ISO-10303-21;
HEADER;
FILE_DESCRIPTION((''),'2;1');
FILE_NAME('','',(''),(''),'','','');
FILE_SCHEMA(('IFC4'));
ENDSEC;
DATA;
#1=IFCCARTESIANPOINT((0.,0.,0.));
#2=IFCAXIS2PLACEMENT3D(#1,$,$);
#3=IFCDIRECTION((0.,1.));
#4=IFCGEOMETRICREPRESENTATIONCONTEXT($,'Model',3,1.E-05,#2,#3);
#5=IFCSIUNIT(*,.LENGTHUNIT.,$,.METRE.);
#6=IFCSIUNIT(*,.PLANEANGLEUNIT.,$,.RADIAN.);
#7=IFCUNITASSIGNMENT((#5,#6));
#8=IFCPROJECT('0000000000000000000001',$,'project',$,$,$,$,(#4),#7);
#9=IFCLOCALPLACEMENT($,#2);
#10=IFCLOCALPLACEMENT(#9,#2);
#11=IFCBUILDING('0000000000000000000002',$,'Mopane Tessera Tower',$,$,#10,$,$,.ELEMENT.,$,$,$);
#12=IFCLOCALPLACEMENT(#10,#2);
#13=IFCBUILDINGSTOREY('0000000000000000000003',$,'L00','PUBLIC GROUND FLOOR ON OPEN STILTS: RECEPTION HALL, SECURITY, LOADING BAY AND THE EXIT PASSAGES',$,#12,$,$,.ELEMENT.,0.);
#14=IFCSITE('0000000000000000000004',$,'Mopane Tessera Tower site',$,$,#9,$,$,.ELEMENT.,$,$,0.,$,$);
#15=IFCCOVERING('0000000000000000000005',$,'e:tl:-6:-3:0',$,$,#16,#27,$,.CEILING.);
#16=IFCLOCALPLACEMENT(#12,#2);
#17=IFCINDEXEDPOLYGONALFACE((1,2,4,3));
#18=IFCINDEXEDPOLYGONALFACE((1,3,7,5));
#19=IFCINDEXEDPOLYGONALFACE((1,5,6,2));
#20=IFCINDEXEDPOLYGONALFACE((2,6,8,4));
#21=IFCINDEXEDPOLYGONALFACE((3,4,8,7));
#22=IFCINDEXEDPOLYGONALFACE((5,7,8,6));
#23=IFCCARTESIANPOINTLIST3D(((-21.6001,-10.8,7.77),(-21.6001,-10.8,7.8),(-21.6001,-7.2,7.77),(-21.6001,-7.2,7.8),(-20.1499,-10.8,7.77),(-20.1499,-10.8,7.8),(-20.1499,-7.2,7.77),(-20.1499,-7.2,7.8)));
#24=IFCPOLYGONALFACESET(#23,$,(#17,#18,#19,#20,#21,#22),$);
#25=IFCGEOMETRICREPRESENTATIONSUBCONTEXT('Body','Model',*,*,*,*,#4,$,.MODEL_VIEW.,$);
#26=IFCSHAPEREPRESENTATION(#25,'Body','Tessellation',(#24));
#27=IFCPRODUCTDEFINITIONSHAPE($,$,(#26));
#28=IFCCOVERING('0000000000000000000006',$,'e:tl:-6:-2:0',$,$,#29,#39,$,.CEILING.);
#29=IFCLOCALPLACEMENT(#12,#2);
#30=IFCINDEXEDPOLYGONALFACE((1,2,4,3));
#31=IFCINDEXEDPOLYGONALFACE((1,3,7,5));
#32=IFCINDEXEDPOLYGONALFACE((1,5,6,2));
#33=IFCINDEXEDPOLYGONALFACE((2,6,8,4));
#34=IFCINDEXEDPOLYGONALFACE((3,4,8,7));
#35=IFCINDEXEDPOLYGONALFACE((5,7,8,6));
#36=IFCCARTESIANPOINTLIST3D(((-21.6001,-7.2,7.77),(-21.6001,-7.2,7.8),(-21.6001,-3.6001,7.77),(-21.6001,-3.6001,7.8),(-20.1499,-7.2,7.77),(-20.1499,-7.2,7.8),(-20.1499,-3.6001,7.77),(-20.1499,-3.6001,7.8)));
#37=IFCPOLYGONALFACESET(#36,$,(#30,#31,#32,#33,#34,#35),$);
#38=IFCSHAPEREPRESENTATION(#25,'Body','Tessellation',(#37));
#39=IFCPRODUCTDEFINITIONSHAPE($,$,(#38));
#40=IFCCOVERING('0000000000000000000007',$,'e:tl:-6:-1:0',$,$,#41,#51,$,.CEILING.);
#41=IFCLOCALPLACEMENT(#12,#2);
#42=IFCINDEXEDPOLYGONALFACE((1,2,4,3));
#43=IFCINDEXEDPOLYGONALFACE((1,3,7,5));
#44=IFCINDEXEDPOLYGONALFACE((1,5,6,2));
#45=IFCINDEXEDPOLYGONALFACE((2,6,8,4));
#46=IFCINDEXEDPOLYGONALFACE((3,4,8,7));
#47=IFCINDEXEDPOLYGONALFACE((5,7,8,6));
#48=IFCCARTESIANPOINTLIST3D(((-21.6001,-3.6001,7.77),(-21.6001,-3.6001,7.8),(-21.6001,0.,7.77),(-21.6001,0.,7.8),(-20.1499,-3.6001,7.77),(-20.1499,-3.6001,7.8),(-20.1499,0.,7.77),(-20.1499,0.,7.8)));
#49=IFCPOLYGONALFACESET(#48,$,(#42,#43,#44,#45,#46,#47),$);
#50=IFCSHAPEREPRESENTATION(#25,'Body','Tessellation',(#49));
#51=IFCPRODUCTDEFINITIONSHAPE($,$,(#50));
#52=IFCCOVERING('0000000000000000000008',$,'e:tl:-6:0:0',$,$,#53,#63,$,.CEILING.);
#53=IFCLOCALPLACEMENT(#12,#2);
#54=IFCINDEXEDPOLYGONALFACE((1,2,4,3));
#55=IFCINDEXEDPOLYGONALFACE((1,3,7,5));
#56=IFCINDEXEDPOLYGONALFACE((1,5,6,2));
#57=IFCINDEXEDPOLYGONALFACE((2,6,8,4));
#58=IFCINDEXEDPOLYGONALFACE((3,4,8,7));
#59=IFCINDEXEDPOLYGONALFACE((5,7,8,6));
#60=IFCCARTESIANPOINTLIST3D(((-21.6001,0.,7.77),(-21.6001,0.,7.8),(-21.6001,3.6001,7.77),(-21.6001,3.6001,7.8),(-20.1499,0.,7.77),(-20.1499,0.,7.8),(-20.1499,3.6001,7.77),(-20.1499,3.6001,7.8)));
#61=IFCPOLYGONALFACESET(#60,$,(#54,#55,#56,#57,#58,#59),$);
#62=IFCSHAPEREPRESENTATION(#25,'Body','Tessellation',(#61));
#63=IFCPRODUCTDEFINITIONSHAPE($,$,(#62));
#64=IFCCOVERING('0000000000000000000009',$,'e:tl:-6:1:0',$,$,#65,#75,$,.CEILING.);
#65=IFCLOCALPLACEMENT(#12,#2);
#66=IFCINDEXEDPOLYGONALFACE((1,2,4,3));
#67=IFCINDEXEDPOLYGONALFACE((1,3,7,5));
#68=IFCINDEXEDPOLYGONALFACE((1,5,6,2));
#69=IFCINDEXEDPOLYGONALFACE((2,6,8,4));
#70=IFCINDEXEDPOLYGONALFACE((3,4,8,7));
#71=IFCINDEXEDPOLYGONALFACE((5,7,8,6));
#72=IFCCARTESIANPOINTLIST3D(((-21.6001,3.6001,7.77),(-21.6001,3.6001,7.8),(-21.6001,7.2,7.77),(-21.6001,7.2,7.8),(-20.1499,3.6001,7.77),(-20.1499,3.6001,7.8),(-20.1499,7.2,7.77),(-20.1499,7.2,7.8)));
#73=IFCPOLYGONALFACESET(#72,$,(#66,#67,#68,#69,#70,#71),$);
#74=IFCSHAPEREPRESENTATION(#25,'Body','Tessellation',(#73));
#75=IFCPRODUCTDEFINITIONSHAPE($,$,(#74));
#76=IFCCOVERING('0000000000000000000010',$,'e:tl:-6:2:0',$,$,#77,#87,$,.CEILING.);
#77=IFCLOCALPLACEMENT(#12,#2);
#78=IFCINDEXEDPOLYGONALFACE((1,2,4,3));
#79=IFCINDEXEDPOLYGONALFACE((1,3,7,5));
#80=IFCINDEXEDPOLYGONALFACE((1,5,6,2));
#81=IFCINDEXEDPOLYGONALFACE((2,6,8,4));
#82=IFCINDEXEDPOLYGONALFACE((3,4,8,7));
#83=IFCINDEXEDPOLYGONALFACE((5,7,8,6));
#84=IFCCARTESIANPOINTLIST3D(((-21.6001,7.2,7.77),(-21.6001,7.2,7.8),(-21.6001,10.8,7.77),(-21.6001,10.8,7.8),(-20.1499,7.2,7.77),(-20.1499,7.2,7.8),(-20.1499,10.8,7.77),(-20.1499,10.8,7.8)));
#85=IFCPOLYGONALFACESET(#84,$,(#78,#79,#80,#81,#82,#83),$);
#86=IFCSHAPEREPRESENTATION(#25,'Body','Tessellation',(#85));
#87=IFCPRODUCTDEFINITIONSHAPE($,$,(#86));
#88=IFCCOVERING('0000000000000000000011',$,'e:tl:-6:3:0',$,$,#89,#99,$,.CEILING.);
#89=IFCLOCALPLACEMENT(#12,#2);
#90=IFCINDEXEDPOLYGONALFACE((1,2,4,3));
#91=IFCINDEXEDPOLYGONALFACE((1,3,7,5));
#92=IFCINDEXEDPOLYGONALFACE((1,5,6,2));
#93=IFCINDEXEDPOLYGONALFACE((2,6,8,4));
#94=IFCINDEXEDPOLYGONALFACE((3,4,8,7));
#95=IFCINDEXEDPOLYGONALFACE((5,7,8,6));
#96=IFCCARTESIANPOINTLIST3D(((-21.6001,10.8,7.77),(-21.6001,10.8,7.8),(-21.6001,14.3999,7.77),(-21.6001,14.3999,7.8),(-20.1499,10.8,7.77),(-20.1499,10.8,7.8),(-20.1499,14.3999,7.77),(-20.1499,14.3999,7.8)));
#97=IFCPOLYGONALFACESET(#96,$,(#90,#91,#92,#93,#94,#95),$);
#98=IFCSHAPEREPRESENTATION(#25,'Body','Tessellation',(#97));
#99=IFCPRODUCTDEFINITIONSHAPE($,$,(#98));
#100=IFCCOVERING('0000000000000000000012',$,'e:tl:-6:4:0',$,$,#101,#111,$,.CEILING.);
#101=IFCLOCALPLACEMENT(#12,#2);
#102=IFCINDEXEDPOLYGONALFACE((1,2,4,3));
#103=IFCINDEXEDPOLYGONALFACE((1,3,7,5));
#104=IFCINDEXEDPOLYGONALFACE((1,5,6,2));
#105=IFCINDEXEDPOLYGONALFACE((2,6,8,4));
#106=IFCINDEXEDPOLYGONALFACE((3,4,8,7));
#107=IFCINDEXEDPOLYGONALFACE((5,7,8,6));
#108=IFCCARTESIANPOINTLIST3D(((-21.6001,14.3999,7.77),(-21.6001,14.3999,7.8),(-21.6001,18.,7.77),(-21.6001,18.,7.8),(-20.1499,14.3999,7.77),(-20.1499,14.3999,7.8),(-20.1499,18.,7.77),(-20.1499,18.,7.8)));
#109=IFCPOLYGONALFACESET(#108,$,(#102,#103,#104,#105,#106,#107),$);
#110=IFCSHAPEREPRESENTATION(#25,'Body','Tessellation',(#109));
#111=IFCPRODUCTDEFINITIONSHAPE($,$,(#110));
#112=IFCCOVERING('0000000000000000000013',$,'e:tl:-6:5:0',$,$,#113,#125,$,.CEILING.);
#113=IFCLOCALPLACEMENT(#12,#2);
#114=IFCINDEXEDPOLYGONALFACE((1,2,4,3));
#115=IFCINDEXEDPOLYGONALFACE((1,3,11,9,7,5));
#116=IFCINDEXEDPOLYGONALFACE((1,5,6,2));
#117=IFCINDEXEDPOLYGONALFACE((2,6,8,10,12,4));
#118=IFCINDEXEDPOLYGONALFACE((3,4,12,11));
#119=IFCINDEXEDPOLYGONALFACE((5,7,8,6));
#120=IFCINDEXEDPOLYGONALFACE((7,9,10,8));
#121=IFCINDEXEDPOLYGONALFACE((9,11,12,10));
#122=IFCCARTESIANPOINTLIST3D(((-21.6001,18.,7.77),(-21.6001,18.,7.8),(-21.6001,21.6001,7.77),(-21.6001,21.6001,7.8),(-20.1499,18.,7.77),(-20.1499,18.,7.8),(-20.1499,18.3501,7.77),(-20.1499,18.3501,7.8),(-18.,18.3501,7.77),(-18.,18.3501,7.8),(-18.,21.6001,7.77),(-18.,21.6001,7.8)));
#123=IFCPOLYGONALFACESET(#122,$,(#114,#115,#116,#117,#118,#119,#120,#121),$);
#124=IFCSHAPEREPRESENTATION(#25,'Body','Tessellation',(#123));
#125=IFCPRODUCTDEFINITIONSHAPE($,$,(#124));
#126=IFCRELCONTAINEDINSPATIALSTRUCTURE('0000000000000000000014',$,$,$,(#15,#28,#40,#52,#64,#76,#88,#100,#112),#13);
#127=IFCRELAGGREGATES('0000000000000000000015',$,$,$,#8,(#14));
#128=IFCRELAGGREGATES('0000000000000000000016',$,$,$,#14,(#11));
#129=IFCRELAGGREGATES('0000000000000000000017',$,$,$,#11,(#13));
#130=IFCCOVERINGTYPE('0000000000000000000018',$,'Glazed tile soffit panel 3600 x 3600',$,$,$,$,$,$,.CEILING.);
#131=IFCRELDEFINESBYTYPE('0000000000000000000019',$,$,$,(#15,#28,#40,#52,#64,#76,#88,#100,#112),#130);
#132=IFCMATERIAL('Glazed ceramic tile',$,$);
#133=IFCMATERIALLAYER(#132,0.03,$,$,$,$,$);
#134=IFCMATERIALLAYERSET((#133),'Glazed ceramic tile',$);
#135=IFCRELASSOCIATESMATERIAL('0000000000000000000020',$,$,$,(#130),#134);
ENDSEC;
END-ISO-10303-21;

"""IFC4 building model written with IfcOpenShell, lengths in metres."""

from ifc_helpers import new_model, si_unit, direction, frame, origin, place, context, subcontext, project, spatial, polyline, outline, extrude, material, layer, layer_set, type_object, element, save


model = new_model("IFC4")

# Units and contexts
model_context = context("Model", 3, precision=1e-05, world=origin(), true_north=direction((0.0, 1.0)))
body_context = subcontext(model_context, "Body", "Model", "MODEL_VIEW")
ifc_project = project(units=[si_unit("LENGTHUNIT", "METRE"), si_unit("PLANEANGLEUNIT", "RADIAN")], contexts=[model_context])

# Site, building, storey
site_placement = place(None, origin())
site = spatial("IfcSite", under=ifc_project, at=site_placement, Name="Mopane Tessera Tower site", CompositionType="ELEMENT", RefElevation=0.0)
building_placement = place(site_placement, origin())
building = spatial("IfcBuilding", under=site, at=building_placement, Name="Mopane Tessera Tower", CompositionType="ELEMENT")
storey_placement = place(building_placement, origin())
storey = spatial("IfcBuildingStorey", under=building, at=storey_placement, Name="L00", Description="PUBLIC GROUND FLOOR ON OPEN STILTS: RECEPTION HALL, SECURITY, LOADING BAY AND THE EXIT PASSAGES", CompositionType="ELEMENT", Elevation=0.0)

# Coverings
ifc_material = material(Name="Glazed ceramic tile")
ifc_layer = layer(ifc_material, 0.03)
ifc_layer_set = layer_set([ifc_layer], Name="Glazed ceramic tile")
covering_type = type_object("IfcCoveringType", Name="Glazed tile soffit panel 3600 x 3600", PredefinedType="CEILING", material=ifc_layer_set)
covering_1_placement = place(storey_placement, frame((0.0, 0.0, 7.77)))
element("IfcCovering", 1, at=covering_1_placement, inside=storey, type_object=covering_type, Name="e:tl:-6:-3:0", PredefinedType="CEILING", context=body_context, shape_type="SweptSolid", body=[
    extrude(outline(polyline([(-20.1499, -10.8), (-21.6001, -10.8), (-21.6001, -7.2), (-20.1499, -7.2), (-20.1499, -10.8)])), origin(), (0.0, 0.0, 1.0), 0.03),
])
covering_2_placement = place(storey_placement, frame((0.0, 0.0, 7.77)))
element("IfcCovering", 2, at=covering_2_placement, inside=storey, type_object=covering_type, Name="e:tl:-6:-2:0", PredefinedType="CEILING", context=body_context, shape_type="SweptSolid", body=[
    extrude(outline(polyline([(-20.1499, -7.2), (-21.6001, -7.2), (-21.6001, -3.6001), (-20.1499, -3.6001), (-20.1499, -7.2)])), origin(), (0.0, 0.0, 1.0), 0.03),
])
covering_3_placement = place(storey_placement, frame((0.0, 0.0, 7.77)))
element("IfcCovering", 3, at=covering_3_placement, inside=storey, type_object=covering_type, Name="e:tl:-6:-1:0", PredefinedType="CEILING", context=body_context, shape_type="SweptSolid", body=[
    extrude(outline(polyline([(-20.1499, -3.6001), (-21.6001, -3.6001), (-21.6001, 0.0), (-20.1499, 0.0), (-20.1499, -3.6001)])), origin(), (0.0, 0.0, 1.0), 0.03),
])
covering_4_placement = place(storey_placement, frame((0.0, 0.0, 7.77)))
element("IfcCovering", 4, at=covering_4_placement, inside=storey, type_object=covering_type, Name="e:tl:-6:0:0", PredefinedType="CEILING", context=body_context, shape_type="SweptSolid", body=[
    extrude(outline(polyline([(-20.1499, 0.0), (-21.6001, 0.0), (-21.6001, 3.6001), (-20.1499, 3.6001), (-20.1499, 0.0)])), origin(), (0.0, 0.0, 1.0), 0.03),
])
covering_5_placement = place(storey_placement, frame((0.0, 0.0, 7.77)))
element("IfcCovering", 5, at=covering_5_placement, inside=storey, type_object=covering_type, Name="e:tl:-6:1:0", PredefinedType="CEILING", context=body_context, shape_type="SweptSolid", body=[
    extrude(outline(polyline([(-20.1499, 3.6001), (-21.6001, 3.6001), (-21.6001, 7.2), (-20.1499, 7.2), (-20.1499, 3.6001)])), origin(), (0.0, 0.0, 1.0), 0.03),
])
covering_6_placement = place(storey_placement, frame((0.0, 0.0, 7.77)))
element("IfcCovering", 6, at=covering_6_placement, inside=storey, type_object=covering_type, Name="e:tl:-6:2:0", PredefinedType="CEILING", context=body_context, shape_type="SweptSolid", body=[
    extrude(outline(polyline([(-20.1499, 7.2), (-21.6001, 7.2), (-21.6001, 10.8), (-20.1499, 10.8), (-20.1499, 7.2)])), origin(), (0.0, 0.0, 1.0), 0.03),
])
covering_7_placement = place(storey_placement, frame((0.0, 0.0, 7.77)))
element("IfcCovering", 7, at=covering_7_placement, inside=storey, type_object=covering_type, Name="e:tl:-6:3:0", PredefinedType="CEILING", context=body_context, shape_type="SweptSolid", body=[
    extrude(outline(polyline([(-20.1499, 10.8), (-21.6001, 10.8), (-21.6001, 14.3999), (-20.1499, 14.3999), (-20.1499, 10.8)])), origin(), (0.0, 0.0, 1.0), 0.03),
])
covering_8_placement = place(storey_placement, frame((0.0, 0.0, 7.77)))
element("IfcCovering", 8, at=covering_8_placement, inside=storey, type_object=covering_type, Name="e:tl:-6:4:0", PredefinedType="CEILING", context=body_context, shape_type="SweptSolid", body=[
    extrude(outline(polyline([(-20.1499, 14.3999), (-21.6001, 14.3999), (-21.6001, 18.0), (-20.1499, 18.0), (-20.1499, 14.3999)])), origin(), (0.0, 0.0, 1.0), 0.03),
])
covering_9_placement = place(storey_placement, frame((0.0, 0.0, 7.77)))
element("IfcCovering", 9, at=covering_9_placement, inside=storey, type_object=covering_type, Name="e:tl:-6:5:0", PredefinedType="CEILING", context=body_context, shape_type="SweptSolid", body=[
    extrude(outline(polyline([(-20.1499, 18.0), (-21.6001, 18.0), (-21.6001, 21.6001), (-18.0, 21.6001), (-18.0, 18.3501), (-20.1499, 18.3501), (-20.1499, 18.0)])), origin(), (0.0, 0.0, 1.0), 0.03),
])

save(model, "model.ifc")
